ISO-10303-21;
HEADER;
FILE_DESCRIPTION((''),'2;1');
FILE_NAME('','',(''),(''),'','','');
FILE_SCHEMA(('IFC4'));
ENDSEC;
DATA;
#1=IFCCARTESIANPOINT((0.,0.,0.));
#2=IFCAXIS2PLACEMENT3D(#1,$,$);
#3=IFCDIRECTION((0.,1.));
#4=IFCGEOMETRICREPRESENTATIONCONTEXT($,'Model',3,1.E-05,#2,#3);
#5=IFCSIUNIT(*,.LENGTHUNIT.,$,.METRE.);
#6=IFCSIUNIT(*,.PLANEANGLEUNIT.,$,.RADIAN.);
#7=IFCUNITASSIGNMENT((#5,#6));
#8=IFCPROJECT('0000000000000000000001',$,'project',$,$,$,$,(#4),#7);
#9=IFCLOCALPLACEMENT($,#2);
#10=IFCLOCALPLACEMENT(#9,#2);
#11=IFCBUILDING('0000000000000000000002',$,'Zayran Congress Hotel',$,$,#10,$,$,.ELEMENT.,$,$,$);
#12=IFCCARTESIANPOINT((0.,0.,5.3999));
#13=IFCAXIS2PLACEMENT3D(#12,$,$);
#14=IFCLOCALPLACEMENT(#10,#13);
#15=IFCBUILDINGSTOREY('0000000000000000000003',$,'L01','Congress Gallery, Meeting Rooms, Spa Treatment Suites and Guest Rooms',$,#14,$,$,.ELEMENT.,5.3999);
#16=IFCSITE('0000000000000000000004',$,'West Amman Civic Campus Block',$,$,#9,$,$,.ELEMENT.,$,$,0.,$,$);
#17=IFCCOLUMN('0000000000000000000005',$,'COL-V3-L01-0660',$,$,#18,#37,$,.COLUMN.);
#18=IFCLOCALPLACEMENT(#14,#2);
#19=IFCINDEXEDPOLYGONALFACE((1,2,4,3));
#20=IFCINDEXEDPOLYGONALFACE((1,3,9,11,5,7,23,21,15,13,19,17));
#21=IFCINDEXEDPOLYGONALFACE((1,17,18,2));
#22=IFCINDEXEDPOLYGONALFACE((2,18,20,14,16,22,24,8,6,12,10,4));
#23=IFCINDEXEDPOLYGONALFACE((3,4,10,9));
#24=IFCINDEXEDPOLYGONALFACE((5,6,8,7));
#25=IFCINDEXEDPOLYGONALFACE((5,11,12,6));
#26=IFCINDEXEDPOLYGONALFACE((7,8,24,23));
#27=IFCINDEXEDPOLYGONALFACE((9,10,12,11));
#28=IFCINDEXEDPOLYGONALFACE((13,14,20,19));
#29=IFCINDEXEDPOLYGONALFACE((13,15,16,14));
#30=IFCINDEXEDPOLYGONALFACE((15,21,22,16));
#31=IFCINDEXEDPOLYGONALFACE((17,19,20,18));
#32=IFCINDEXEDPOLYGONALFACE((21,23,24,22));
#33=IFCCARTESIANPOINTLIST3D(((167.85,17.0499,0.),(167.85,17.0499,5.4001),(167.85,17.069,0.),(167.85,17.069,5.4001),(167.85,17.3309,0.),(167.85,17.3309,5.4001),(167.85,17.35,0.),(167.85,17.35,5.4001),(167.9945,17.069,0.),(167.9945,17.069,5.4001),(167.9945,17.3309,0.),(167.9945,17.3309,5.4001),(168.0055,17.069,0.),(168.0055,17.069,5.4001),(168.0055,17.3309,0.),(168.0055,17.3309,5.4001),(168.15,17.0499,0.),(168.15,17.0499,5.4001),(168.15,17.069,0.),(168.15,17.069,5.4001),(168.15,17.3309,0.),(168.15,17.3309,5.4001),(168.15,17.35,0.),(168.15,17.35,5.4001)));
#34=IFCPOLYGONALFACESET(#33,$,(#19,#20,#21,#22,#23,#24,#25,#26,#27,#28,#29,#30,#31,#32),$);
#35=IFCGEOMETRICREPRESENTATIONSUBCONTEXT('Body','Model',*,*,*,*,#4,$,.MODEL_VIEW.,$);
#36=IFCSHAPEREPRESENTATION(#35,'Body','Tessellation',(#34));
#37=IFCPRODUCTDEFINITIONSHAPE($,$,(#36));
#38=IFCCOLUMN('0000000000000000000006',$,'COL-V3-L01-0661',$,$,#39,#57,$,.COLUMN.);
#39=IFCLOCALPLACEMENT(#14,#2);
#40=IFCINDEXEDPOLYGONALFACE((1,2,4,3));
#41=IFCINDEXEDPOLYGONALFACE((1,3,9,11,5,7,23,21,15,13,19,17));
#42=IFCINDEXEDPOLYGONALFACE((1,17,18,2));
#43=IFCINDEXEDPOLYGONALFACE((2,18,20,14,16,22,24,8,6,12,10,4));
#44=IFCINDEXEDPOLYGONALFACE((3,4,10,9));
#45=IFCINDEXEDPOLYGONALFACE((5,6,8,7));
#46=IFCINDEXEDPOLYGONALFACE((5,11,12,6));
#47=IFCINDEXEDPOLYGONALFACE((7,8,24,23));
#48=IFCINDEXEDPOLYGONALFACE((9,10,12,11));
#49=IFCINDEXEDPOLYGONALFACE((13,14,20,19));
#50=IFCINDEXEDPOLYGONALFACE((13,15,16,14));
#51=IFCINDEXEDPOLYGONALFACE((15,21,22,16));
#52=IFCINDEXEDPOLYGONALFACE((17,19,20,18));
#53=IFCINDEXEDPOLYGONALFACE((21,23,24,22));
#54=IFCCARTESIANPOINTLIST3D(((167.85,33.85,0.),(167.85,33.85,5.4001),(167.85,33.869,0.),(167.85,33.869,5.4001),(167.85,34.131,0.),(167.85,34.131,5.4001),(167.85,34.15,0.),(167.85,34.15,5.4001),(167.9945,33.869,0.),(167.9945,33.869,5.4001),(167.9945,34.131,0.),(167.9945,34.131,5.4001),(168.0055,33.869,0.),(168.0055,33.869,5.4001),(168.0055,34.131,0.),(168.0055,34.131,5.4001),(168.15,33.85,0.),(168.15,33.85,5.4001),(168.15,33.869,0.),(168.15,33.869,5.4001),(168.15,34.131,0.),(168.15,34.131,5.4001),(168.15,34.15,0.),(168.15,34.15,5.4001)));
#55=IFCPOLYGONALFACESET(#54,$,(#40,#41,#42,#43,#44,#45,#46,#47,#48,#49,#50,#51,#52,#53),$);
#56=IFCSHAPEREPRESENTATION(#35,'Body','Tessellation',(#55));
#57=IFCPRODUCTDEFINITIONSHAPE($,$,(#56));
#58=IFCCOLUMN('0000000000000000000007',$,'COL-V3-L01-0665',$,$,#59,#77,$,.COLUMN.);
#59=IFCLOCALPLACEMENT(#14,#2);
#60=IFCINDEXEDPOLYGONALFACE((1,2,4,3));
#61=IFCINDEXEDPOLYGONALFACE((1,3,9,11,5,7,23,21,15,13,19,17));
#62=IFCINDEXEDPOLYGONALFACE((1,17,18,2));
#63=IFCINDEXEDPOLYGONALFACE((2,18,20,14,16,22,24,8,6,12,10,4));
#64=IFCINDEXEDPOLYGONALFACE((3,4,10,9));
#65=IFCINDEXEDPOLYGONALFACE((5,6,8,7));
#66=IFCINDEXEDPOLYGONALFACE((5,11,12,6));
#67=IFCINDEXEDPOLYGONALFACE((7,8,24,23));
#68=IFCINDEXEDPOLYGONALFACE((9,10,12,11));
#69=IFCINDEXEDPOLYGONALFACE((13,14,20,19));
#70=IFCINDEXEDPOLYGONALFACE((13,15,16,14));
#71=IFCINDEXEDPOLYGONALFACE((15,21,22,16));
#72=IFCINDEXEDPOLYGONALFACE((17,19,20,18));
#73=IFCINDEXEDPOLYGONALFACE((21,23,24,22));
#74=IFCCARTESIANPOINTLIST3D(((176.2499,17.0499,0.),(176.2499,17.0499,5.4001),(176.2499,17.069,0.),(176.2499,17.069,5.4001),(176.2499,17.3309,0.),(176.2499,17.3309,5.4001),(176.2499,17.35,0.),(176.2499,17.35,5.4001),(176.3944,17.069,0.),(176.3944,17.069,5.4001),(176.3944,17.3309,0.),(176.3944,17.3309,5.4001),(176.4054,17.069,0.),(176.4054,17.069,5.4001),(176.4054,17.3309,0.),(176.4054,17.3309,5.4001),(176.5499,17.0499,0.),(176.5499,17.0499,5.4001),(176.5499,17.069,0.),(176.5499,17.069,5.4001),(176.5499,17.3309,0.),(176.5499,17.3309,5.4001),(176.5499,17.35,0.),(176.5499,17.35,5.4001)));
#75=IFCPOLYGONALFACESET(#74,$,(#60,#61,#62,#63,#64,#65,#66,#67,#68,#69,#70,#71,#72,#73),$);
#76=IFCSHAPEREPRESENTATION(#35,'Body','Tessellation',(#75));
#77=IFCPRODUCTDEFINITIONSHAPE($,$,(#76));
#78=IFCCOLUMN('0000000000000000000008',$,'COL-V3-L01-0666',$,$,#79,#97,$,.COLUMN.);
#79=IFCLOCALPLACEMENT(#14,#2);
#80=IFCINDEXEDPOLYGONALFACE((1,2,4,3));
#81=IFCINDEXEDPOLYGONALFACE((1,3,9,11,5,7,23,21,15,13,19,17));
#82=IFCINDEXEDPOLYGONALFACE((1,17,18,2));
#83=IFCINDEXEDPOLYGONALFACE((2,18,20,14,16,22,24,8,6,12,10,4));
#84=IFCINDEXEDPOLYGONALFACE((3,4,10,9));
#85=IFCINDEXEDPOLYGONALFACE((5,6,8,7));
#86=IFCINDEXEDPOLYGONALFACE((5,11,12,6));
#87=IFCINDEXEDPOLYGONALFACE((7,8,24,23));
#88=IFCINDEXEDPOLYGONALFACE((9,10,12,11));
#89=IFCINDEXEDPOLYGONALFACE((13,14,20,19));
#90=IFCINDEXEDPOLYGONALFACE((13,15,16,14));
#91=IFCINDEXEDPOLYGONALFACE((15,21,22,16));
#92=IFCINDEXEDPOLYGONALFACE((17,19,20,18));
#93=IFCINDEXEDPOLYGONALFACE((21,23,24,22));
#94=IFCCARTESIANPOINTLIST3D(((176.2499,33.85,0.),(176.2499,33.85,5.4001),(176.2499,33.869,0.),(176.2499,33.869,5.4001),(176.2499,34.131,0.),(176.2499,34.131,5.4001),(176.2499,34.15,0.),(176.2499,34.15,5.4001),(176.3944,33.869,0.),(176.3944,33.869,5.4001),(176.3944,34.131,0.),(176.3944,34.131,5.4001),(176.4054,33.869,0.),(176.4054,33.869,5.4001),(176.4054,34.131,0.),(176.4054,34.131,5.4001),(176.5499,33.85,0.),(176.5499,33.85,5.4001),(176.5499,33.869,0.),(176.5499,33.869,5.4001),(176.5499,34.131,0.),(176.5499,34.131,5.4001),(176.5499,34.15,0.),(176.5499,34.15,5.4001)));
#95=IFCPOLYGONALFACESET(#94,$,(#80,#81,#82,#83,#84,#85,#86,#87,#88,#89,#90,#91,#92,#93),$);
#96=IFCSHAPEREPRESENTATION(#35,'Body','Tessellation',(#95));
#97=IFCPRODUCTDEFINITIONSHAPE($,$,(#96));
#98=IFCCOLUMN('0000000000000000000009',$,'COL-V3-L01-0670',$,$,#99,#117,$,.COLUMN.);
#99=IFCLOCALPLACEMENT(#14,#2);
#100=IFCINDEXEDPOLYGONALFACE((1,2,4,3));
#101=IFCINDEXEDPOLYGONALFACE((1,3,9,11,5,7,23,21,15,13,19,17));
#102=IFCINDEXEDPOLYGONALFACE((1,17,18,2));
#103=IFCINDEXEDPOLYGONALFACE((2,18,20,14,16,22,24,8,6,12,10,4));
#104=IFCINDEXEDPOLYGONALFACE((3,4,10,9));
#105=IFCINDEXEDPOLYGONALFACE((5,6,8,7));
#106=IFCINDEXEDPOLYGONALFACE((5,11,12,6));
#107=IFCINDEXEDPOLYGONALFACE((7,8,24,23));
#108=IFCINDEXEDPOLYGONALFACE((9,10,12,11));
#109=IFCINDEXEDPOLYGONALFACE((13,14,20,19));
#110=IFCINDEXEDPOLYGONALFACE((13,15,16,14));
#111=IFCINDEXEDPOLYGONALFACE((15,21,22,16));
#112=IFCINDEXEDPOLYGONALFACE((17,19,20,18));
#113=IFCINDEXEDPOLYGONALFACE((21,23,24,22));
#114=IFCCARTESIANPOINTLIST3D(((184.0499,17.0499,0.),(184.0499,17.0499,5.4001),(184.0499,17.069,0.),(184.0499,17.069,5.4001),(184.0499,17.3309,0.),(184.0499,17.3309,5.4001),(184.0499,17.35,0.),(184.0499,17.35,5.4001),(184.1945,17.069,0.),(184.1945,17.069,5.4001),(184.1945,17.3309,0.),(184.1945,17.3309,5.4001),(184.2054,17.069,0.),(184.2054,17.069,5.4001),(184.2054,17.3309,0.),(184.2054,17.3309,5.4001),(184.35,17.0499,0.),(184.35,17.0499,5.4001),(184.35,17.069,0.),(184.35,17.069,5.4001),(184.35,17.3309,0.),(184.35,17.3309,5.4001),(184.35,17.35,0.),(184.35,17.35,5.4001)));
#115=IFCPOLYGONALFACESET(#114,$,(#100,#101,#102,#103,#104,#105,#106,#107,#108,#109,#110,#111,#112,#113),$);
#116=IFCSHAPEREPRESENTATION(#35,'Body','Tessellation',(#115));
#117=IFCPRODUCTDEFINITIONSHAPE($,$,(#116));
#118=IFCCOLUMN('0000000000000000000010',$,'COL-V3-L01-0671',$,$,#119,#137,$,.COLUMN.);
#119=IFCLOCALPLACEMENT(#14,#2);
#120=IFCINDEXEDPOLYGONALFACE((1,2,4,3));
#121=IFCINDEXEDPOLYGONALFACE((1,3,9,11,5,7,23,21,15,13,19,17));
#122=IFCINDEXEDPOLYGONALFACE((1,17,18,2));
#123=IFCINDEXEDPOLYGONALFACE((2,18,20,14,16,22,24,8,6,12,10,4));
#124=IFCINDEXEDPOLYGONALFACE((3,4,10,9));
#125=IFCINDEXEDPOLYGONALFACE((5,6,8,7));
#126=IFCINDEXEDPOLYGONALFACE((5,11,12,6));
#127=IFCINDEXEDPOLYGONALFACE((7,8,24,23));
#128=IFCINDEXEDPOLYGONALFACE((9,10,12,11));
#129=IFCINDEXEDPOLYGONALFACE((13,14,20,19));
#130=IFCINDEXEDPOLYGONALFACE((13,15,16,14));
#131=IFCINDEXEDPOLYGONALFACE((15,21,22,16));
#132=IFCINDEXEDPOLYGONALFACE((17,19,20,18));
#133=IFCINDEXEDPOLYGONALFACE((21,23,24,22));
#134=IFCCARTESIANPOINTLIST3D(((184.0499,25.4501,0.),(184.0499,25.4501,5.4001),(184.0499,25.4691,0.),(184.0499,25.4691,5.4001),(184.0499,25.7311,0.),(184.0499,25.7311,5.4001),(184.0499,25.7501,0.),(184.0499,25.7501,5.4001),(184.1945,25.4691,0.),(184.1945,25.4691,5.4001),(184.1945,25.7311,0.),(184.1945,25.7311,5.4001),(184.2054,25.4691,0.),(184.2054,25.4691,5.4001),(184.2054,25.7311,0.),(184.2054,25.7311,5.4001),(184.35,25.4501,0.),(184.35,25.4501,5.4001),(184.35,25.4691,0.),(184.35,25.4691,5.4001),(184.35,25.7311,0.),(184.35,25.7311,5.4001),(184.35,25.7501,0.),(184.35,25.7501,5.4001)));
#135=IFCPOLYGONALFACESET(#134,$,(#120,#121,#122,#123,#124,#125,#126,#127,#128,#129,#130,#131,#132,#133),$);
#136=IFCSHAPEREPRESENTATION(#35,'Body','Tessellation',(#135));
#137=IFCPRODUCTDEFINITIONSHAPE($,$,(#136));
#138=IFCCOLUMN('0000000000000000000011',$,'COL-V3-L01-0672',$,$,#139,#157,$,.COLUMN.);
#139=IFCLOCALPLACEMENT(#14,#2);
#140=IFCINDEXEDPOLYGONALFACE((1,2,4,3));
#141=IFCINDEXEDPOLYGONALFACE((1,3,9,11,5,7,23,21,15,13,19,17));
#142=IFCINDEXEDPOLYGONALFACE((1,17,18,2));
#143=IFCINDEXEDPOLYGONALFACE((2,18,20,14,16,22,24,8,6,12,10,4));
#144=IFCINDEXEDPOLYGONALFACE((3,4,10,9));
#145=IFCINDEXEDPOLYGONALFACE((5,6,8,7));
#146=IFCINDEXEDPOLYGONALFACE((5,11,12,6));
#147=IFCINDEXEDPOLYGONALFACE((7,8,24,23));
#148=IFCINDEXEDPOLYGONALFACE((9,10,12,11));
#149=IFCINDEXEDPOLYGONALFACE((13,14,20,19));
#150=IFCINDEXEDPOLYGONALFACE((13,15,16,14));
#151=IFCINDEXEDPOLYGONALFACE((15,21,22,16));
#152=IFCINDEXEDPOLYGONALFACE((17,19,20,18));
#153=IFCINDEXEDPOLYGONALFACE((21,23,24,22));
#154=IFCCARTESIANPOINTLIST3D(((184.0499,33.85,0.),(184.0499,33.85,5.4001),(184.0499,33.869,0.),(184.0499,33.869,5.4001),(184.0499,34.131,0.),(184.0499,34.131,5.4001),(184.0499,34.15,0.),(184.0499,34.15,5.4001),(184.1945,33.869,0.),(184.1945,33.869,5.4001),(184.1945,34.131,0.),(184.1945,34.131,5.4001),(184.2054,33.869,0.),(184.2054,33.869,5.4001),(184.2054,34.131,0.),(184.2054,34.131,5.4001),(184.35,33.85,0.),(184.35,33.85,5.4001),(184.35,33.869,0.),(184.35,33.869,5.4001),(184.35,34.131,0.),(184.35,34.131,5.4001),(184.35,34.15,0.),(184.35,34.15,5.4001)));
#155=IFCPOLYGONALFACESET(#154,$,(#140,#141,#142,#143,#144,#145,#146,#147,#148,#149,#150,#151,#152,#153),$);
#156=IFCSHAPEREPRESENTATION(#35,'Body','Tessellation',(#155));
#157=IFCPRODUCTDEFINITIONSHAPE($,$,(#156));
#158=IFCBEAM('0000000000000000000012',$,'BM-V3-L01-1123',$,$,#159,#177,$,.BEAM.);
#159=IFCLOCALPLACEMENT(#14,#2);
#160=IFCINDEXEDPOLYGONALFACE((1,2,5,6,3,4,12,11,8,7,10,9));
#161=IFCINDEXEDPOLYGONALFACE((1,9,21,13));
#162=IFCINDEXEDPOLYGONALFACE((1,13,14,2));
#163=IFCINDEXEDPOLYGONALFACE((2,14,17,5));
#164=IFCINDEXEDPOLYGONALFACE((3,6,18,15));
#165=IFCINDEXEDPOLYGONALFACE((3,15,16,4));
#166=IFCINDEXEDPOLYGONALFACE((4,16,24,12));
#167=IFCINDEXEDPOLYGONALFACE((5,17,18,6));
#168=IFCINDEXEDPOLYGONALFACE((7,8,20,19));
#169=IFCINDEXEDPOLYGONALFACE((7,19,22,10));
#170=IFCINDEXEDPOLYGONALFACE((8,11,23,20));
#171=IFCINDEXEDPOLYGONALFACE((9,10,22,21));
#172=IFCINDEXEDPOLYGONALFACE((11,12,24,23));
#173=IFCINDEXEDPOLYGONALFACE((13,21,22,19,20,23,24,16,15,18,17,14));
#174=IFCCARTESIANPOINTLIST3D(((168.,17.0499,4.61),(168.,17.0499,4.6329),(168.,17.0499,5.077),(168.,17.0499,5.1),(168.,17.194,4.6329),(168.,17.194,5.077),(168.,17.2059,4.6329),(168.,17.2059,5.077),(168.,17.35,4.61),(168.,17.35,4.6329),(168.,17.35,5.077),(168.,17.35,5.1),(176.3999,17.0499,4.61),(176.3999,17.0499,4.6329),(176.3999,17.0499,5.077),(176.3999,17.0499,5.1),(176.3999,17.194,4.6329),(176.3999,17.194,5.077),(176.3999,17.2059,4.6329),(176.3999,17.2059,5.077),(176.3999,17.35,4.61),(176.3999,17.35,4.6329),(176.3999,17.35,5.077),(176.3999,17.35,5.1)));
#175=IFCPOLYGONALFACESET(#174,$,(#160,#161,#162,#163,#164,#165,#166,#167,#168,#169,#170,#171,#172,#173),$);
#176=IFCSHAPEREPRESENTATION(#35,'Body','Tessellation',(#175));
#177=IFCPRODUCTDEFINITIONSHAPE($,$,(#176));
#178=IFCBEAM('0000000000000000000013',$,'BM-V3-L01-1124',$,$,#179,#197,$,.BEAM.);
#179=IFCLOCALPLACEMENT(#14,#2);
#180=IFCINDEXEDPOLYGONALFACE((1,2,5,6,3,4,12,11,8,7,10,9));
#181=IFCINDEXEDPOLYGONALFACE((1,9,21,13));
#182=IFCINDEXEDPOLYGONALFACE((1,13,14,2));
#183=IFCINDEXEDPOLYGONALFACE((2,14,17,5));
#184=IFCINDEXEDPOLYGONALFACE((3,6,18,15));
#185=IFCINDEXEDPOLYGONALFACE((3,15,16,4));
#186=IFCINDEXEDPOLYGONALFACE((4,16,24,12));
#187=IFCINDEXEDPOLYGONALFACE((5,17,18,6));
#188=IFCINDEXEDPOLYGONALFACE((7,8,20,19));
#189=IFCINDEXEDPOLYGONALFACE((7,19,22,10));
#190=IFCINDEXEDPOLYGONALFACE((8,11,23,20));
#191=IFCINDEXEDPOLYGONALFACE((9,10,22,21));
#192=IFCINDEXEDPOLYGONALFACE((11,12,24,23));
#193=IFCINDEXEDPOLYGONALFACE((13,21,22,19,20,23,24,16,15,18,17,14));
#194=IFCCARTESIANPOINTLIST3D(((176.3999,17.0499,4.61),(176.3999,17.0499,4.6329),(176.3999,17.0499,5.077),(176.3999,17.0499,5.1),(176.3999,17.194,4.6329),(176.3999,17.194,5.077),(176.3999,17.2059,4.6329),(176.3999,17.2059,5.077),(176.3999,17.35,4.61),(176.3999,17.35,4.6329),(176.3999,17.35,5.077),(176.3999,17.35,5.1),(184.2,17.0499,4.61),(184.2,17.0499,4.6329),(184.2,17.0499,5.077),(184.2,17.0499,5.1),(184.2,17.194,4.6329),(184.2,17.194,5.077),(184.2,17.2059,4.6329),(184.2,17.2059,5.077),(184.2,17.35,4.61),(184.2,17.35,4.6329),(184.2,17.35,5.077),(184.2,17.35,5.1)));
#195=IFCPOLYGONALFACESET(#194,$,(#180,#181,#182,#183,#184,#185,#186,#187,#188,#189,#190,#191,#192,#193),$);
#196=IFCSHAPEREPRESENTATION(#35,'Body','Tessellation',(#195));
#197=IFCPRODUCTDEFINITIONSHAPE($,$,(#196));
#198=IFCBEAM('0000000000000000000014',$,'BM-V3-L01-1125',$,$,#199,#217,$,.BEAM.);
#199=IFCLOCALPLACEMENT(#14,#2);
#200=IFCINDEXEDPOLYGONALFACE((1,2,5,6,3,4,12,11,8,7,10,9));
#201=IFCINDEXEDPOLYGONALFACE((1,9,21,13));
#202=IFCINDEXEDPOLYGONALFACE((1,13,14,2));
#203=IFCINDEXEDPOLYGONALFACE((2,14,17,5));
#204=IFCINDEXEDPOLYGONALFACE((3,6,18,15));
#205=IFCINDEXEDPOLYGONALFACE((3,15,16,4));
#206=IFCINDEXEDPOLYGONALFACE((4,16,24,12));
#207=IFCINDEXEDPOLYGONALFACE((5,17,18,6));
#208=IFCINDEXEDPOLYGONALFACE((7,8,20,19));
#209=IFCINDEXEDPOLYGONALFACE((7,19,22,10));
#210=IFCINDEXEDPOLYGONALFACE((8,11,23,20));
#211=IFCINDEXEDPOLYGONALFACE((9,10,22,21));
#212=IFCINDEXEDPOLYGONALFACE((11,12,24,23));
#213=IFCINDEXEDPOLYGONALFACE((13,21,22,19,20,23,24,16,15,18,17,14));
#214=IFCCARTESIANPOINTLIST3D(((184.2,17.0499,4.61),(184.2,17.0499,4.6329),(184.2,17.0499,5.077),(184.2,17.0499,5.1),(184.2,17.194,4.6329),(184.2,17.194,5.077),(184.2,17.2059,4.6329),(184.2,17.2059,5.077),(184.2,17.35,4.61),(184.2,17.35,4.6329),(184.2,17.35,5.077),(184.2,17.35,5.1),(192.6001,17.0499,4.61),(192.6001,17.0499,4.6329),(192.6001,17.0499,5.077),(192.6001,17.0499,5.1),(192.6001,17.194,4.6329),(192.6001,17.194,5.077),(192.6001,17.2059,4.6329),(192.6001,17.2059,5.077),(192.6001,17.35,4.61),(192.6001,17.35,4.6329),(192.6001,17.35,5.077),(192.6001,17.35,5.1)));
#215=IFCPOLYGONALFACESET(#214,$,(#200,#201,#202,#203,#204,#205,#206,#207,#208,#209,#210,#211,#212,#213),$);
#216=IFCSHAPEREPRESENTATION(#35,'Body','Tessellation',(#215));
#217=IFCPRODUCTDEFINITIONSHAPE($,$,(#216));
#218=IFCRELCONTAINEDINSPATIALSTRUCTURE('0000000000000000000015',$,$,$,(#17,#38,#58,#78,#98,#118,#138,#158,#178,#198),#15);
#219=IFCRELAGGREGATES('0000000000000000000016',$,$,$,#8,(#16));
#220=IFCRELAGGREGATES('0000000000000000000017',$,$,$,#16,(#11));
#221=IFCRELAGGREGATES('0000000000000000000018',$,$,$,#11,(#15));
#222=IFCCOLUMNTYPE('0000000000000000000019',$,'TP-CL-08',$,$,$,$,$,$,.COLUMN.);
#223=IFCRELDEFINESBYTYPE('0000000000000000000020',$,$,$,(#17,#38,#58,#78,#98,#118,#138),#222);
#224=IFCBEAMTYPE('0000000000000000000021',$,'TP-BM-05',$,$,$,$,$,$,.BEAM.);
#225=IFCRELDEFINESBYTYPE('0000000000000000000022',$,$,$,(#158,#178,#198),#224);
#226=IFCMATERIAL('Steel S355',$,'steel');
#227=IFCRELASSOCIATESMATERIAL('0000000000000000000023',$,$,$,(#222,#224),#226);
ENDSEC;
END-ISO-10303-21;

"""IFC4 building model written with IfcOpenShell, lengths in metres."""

from ifc_helpers import new_model, si_unit, direction, frame, origin, origin_2d, place, context, subcontext, project, spatial, i_section, extrude, material, material_profile, profile_set, type_object, element, save


model = new_model("IFC4")

# Units and contexts
model_context = context("Model", 3, precision=1e-05, world=origin(), true_north=direction((0.0, 1.0)))
body_context = subcontext(model_context, "Body", "Model", "MODEL_VIEW")
ifc_project = project(units=[si_unit("LENGTHUNIT", "METRE"), si_unit("PLANEANGLEUNIT", "RADIAN")], contexts=[model_context])

# Site, building, storey
site_placement = place(None, origin())
site = spatial("IfcSite", under=ifc_project, at=site_placement, Name="West Amman Civic Campus Block", CompositionType="ELEMENT", RefElevation=0.0)
building_placement = place(site_placement, origin())
building = spatial("IfcBuilding", under=site, at=building_placement, Name="Zayran Congress Hotel", CompositionType="ELEMENT")
storey_placement = place(building_placement, frame((0.0, 0.0, 5.3999)))
storey = spatial("IfcBuildingStorey", under=building, at=storey_placement, Name="L01", Description="Congress Gallery, Meeting Rooms, Spa Treatment Suites and Guest Rooms", CompositionType="ELEMENT", Elevation=5.3999)

# Columns
ifc_material_1 = material(Name="Steel S355", Category="steel")
ifc_material_profile_1 = material_profile(ifc_material_1, i_section(OverallWidth=0.3, OverallDepth=0.3, WebThickness=0.011, FlangeThickness=0.019, at=origin_2d()), Name="HEB 300")
ifc_profile_set_1 = profile_set([ifc_material_profile_1], Name="Steel S355")
column_type = type_object("IfcColumnType", Name="TP-CL-08", PredefinedType="COLUMN", material=ifc_profile_set_1)
for number, where, z_axis, x_axis, name in (
    (1, (168.0, 17.2, 0.0), (0.0, 0.0, 1.0), (1.0, 0.0, 0.0), "COL-V3-L01-0660"),
    (2, (168.0, 34.0, 0.0), (0.0, 0.0, 1.0), (1.0, 0.0, 0.0), "COL-V3-L01-0661"),
    (3, (176.3999, 17.2, 0.0), (0.0, 0.0, 1.0), (1.0, 0.0, 0.0), "COL-V3-L01-0665"),
    (4, (176.3999, 34.0, 0.0), (0.0, 0.0, 1.0), (1.0, 0.0, 0.0), "COL-V3-L01-0666"),
    (5, (184.2, 17.2, 0.0), (0.0, 0.0, 1.0), (1.0, 0.0, 0.0), "COL-V3-L01-0670"),
    (6, (184.2, 25.6001, 0.0), (0.0, 0.0, 1.0), (1.0, 0.0, 0.0), "COL-V3-L01-0671"),
    (7, (184.2, 34.0, 0.0), (0.0, 0.0, 1.0), (1.0, 0.0, 0.0), "COL-V3-L01-0672"),
):
    element("IfcColumn", number, at=place(storey_placement, frame(where, z_axis=z_axis, x_axis=x_axis)), inside=storey, type_object=column_type, Name=name, PredefinedType="COLUMN", context=body_context, shape_type="SweptSolid", body=[
        extrude(i_section(OverallWidth=0.3, OverallDepth=0.3, WebThickness=0.011, FlangeThickness=0.019, at=origin_2d()), origin(), (0.0, 0.0, 1.0), 5.4001),
    ])

# Beams
ifc_material_profile_2 = material_profile(ifc_material_1, i_section(OverallWidth=0.3, OverallDepth=0.49, WebThickness=0.012, FlangeThickness=0.0229, at=origin_2d()), Name="HEA 500")
ifc_profile_set_2 = profile_set([ifc_material_profile_2], Name="Steel S355")
beam_type_1 = type_object("IfcBeamType", Name="TP-BM-05", PredefinedType="BEAM", material=ifc_profile_set_2)
beam_1_placement = place(storey_placement, frame((168.0, 17.2, 4.855), z_axis=(1.0, 0.0, 0.0), x_axis=(0.0, 1.0, 0.0)))
element("IfcBeam", 8, at=beam_1_placement, inside=storey, type_object=beam_type_1, Name="BM-V3-L01-1123", PredefinedType="BEAM", context=body_context, shape_type="SweptSolid", body=[
    extrude(i_section(OverallWidth=0.3, OverallDepth=0.49, WebThickness=0.012, FlangeThickness=0.0229, at=origin_2d()), origin(), (0.0, 0.0, 1.0), 8.3999),
])
beam_2_placement = place(storey_placement, frame((176.3999, 17.2, 4.855), z_axis=(1.0, 0.0, 0.0), x_axis=(0.0, 1.0, 0.0)))
element("IfcBeam", 9, at=beam_2_placement, inside=storey, type_object=beam_type_1, Name="BM-V3-L01-1124", PredefinedType="BEAM", context=body_context, shape_type="SweptSolid", body=[
    extrude(i_section(OverallWidth=0.3, OverallDepth=0.49, WebThickness=0.012, FlangeThickness=0.0229, at=origin_2d()), origin(), (0.0, 0.0, 1.0), 7.8),
])
for number, where, z_axis, x_axis, name in (
    (10, (184.2, 17.2, 4.855), (1.0, 0.0, 0.0), (0.0, 1.0, 0.0), "BM-V3-L01-1125"),
):
    element("IfcBeam", number, at=place(storey_placement, frame(where, z_axis=z_axis, x_axis=x_axis)), inside=storey, type_object=beam_type_1, Name=name, PredefinedType="BEAM", context=body_context, shape_type="SweptSolid", body=[
        extrude(i_section(OverallWidth=0.3, OverallDepth=0.49, WebThickness=0.012, FlangeThickness=0.0229, at=origin_2d()), origin(), (0.0, 0.0, 1.0), 8.4001),
    ])

save(model, "model.ifc")
